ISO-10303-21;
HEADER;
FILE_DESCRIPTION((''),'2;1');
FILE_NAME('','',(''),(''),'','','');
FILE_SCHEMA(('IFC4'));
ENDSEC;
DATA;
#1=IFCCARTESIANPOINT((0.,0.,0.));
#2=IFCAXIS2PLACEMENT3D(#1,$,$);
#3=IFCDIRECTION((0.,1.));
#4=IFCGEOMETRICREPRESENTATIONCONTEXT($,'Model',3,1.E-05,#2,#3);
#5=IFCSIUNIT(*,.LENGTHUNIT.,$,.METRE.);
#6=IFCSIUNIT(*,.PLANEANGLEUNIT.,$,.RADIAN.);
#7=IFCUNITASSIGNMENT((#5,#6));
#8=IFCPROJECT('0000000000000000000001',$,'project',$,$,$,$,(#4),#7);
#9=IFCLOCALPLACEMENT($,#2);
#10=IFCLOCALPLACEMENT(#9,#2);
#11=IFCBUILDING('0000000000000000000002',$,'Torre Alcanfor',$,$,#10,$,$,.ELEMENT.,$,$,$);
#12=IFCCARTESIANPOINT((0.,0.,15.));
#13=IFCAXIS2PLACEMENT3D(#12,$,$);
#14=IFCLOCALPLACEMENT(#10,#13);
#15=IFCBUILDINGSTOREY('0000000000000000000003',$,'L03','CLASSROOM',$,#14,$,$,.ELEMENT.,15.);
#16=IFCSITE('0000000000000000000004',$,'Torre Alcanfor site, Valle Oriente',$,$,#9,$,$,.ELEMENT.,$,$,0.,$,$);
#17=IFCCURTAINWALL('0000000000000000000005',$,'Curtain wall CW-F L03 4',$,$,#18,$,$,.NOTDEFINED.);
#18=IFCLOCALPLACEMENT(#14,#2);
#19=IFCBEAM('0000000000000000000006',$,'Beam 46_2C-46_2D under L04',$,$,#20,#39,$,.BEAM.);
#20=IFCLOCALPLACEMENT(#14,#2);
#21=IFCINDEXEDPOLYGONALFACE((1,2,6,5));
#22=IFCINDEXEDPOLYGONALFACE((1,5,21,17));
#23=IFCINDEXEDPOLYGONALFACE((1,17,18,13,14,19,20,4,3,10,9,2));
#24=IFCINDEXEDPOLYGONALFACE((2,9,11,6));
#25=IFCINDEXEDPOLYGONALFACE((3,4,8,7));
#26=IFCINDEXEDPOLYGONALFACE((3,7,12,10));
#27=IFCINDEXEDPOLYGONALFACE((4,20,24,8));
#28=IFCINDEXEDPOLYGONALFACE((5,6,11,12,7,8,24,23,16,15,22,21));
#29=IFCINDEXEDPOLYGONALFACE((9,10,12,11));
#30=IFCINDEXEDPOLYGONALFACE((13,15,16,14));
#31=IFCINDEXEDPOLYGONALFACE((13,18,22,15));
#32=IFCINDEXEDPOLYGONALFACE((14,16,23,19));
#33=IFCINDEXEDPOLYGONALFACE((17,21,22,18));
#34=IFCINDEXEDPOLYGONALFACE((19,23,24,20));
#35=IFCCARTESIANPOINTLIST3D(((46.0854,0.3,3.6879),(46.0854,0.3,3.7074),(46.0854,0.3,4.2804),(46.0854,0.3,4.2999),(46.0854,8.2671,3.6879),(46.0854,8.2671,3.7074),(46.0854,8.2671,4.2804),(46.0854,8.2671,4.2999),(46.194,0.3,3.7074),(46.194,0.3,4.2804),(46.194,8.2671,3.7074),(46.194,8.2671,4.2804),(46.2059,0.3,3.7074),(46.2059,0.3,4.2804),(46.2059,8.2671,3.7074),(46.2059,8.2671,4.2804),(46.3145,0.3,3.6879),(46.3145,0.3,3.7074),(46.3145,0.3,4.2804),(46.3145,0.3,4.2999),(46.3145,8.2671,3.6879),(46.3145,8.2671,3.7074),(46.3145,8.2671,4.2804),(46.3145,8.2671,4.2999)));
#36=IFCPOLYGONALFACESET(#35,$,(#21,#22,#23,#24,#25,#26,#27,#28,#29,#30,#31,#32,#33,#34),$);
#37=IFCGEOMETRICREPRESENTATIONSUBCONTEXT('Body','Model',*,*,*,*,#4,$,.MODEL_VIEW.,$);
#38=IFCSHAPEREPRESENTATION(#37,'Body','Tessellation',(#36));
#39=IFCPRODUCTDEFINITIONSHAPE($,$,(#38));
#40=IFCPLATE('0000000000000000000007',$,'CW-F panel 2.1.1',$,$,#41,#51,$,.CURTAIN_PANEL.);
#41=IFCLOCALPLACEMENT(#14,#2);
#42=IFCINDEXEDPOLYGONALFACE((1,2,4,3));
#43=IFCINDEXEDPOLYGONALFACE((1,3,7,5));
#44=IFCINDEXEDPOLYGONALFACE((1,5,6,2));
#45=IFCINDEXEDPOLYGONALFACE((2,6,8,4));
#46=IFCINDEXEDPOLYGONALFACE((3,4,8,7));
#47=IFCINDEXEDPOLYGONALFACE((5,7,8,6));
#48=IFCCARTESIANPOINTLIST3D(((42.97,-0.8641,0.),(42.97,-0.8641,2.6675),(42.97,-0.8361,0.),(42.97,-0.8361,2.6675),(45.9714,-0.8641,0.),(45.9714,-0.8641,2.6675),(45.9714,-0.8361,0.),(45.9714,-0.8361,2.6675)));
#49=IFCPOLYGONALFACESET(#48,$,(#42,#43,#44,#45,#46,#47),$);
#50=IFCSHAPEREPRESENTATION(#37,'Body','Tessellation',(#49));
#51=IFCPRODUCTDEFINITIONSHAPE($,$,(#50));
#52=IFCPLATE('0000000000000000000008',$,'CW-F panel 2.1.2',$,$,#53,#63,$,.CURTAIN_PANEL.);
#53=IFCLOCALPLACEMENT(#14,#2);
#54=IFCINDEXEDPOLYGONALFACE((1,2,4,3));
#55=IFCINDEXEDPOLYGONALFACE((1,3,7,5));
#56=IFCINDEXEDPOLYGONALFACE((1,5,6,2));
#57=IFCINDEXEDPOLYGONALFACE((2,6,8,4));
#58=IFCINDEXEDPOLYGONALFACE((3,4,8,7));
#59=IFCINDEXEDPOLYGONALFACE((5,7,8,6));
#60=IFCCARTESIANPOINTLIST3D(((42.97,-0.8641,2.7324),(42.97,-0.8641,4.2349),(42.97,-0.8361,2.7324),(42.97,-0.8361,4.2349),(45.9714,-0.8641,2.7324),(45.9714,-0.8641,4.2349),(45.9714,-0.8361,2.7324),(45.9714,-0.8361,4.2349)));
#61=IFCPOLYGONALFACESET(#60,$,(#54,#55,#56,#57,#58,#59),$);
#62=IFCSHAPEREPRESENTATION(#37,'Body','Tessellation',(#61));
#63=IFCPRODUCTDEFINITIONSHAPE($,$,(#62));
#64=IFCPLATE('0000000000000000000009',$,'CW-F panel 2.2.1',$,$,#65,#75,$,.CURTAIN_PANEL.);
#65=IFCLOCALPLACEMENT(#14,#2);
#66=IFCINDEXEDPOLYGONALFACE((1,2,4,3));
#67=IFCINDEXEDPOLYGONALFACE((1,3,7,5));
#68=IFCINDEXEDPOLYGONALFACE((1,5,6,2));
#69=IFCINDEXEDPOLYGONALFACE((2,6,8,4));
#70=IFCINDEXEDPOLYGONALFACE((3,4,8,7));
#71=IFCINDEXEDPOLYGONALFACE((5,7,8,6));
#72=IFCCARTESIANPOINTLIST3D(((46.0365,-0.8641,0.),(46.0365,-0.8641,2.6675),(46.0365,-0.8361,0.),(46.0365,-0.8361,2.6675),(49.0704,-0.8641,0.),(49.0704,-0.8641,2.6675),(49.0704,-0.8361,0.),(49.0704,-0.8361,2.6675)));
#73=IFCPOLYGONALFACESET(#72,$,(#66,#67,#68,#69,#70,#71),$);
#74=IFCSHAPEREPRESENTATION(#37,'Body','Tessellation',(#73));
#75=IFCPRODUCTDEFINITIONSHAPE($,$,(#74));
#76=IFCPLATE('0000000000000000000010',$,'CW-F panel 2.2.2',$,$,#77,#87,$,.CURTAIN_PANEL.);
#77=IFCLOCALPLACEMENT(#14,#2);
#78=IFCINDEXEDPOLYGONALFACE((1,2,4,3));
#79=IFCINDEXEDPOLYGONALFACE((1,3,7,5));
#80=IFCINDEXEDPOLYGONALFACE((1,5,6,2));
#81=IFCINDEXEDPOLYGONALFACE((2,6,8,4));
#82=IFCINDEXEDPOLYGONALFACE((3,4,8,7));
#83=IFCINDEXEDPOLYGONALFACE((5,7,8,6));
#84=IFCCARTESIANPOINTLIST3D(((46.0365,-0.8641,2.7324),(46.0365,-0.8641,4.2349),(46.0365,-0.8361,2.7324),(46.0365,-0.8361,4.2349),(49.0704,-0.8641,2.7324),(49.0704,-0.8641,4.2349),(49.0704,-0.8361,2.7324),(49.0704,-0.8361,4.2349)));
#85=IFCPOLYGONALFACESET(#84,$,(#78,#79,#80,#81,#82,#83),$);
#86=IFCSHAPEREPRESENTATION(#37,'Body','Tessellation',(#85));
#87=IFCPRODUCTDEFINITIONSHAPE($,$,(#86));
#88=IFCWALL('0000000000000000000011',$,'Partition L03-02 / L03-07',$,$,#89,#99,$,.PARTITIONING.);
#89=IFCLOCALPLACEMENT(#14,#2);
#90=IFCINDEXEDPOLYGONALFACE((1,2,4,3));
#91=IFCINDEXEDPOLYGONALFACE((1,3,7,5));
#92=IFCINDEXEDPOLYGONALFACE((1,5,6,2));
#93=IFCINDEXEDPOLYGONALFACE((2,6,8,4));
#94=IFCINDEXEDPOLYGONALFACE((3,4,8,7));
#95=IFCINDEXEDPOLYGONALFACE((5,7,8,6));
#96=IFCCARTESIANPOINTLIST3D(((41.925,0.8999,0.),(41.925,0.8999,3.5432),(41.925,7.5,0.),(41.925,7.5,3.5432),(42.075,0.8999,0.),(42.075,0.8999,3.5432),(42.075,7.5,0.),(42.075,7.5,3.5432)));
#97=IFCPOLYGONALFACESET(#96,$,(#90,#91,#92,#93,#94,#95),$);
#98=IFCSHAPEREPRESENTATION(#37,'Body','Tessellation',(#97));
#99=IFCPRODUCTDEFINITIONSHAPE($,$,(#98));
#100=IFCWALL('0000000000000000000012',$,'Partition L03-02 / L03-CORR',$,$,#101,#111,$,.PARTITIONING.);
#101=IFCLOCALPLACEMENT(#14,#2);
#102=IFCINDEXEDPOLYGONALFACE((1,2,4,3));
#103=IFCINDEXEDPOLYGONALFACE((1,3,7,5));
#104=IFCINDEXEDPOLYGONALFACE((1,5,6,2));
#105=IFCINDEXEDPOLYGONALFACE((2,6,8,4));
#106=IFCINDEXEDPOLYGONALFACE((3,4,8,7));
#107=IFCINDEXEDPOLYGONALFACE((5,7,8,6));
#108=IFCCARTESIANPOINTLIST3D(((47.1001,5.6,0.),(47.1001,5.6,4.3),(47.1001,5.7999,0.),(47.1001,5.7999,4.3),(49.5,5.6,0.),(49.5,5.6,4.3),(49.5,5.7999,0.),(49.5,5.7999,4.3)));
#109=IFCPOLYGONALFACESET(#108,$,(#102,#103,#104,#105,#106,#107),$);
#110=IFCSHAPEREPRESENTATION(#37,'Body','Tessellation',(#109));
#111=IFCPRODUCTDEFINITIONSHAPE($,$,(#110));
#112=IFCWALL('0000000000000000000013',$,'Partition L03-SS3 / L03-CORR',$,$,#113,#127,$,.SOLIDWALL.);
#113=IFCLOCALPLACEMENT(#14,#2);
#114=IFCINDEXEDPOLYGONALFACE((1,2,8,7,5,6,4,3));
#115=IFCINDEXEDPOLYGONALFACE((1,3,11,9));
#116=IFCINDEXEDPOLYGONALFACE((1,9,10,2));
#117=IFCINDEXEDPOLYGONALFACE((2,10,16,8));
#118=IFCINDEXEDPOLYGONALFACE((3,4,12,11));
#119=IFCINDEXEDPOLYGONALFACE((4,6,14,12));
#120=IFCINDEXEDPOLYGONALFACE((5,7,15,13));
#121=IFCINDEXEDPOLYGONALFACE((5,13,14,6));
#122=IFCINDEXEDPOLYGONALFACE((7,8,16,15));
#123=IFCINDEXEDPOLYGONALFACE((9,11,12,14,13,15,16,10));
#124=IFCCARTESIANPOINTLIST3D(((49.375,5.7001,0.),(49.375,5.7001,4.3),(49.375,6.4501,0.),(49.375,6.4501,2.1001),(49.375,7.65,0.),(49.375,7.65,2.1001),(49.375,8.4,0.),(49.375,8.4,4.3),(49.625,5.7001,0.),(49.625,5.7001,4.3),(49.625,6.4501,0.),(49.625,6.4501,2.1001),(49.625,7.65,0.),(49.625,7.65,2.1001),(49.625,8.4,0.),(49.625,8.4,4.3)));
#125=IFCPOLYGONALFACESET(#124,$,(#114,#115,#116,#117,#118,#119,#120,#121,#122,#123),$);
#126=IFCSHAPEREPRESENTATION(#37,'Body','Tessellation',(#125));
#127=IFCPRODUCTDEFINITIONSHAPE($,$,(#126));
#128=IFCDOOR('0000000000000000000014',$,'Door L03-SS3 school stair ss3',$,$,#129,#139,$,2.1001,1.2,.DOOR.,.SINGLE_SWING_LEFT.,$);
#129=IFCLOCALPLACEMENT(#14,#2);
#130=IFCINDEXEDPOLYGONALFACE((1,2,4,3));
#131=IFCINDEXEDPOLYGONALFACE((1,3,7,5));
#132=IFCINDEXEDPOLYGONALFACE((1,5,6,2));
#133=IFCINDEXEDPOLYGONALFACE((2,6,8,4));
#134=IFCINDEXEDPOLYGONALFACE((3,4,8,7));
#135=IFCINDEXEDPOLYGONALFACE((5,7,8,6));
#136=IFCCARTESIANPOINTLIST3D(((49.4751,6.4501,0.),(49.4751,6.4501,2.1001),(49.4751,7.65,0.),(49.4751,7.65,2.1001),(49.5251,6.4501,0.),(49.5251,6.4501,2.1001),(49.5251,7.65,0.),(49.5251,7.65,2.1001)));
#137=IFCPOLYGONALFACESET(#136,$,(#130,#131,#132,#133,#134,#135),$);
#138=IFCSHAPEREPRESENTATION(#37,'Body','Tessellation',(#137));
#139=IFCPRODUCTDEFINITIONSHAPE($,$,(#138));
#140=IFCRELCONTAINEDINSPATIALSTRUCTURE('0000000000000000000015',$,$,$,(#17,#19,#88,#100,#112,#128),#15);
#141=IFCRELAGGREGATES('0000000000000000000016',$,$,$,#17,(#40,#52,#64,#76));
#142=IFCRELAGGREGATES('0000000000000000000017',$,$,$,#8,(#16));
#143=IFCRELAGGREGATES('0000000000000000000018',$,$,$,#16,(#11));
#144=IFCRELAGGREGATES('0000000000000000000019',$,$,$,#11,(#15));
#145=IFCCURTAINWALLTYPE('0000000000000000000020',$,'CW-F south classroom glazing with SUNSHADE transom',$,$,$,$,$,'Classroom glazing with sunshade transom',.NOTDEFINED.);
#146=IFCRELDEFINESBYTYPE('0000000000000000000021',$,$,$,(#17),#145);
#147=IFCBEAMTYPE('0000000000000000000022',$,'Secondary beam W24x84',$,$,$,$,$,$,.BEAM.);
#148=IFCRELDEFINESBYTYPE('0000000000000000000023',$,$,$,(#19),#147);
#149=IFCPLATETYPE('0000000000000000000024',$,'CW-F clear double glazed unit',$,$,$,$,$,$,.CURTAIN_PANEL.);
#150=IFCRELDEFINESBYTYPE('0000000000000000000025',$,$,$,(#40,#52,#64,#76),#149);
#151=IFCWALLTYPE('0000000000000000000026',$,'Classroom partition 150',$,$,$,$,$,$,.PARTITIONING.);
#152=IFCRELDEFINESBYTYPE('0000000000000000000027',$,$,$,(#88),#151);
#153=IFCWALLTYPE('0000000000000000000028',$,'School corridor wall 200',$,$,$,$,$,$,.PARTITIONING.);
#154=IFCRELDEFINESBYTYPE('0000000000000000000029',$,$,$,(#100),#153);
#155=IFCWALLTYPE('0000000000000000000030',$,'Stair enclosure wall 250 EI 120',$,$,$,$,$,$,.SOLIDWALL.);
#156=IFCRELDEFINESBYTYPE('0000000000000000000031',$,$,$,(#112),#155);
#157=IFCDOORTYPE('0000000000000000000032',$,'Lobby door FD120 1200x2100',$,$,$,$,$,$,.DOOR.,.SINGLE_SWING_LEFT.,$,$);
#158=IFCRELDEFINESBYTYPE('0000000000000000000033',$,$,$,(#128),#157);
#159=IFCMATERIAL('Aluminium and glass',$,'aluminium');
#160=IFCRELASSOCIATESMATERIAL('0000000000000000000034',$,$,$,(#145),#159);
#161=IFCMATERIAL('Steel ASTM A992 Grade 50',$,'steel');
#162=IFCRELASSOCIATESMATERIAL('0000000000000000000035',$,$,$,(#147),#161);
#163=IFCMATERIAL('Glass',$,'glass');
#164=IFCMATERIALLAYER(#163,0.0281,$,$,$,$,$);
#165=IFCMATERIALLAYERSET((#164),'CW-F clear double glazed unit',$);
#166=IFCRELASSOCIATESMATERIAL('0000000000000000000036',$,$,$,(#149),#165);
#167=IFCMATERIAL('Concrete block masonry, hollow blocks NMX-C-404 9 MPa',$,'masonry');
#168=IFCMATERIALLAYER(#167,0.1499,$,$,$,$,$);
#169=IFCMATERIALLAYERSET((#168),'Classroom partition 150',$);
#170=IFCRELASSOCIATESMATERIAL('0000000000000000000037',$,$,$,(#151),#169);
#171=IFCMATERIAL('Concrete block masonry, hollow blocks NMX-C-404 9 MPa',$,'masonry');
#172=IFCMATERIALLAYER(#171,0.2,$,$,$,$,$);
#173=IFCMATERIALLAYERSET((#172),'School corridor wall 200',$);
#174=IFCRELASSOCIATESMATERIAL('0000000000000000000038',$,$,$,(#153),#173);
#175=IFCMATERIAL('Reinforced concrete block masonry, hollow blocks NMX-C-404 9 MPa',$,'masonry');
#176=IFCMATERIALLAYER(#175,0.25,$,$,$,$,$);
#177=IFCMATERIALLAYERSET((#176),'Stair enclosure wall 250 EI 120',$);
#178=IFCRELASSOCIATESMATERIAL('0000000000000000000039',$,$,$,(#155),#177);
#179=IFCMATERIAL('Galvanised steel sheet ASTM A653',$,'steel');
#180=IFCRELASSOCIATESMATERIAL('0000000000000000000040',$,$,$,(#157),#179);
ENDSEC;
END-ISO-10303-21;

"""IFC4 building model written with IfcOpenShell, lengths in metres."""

from ifc_helpers import new_model, si_unit, direction, frame, frame_2d, origin, origin_2d, place, context, subcontext, project, spatial, rectangle, i_section, extrude, material, layer, layer_set, material_profile, profile_set, type_object, element, fill, aggregate, save


model = new_model("IFC4")

# Units and contexts
model_context = context("Model", 3, precision=1e-05, world=origin(), true_north=direction((0.0, 1.0)))
body_context = subcontext(model_context, "Body", "Model", "MODEL_VIEW")
ifc_project = project(units=[si_unit("LENGTHUNIT", "METRE"), si_unit("PLANEANGLEUNIT", "RADIAN")], contexts=[model_context])

# Site, building, storey
site_placement = place(None, origin())
site = spatial("IfcSite", under=ifc_project, at=site_placement, Name="Torre Alcanfor site, Valle Oriente", CompositionType="ELEMENT", RefElevation=0.0)
building_placement = place(site_placement, origin())
building = spatial("IfcBuilding", under=site, at=building_placement, Name="Torre Alcanfor", CompositionType="ELEMENT")
storey_placement = place(building_placement, frame((0.0, 0.0, 15.0)))
storey = spatial("IfcBuildingStorey", under=building, at=storey_placement, Name="L03", Description="CLASSROOM", CompositionType="ELEMENT", Elevation=15.0)

# Curtain wall
ifc_material_1 = material(Name="Aluminium and glass", Category="aluminium")
curtain_wall_type = type_object("IfcCurtainWallType", Name="CW-F south classroom glazing with SUNSHADE transom", ElementType="Classroom glazing with sunshade transom", PredefinedType="NOTDEFINED", material=ifc_material_1)
curtain_wall_placement = place(storey_placement, origin())
curtain_wall = element("IfcCurtainWall", 1, at=curtain_wall_placement, inside=storey, type_object=curtain_wall_type, Name="Curtain wall CW-F L03 4", PredefinedType="NOTDEFINED")

# Beam
ifc_material_2 = material(Name="Steel ASTM A992 Grade 50", Category="steel")
ifc_material_profile_1 = material_profile(ifc_material_2, i_section(OverallWidth=0.229, OverallDepth=0.6121, WebThickness=0.012, FlangeThickness=0.0195, at=origin_2d()), Name="W24x84")
ifc_profile_set_1 = profile_set([ifc_material_profile_1], Name="Steel ASTM A992 Grade 50")
beam_type_1 = type_object("IfcBeamType", Name="Secondary beam W24x84", PredefinedType="BEAM", material=ifc_profile_set_1)
beam_1_placement = place(storey_placement, frame((46.2, 0.3, 3.9939), z_axis=(0.0, 1.0, 0.0), x_axis=(-1.0, 0.0, 0.0)))
element("IfcBeam", 2, at=beam_1_placement, inside=storey, type_object=beam_type_1, Name="Beam 46_2C-46_2D under L04", PredefinedType="BEAM", context=body_context, shape_type="SweptSolid", body=[
    extrude(i_section(OverallWidth=0.229, OverallDepth=0.6121, WebThickness=0.012, FlangeThickness=0.0195, at=origin_2d()), origin(), (0.0, 0.0, 1.0), 7.967),
])

# Plates
ifc_material_3 = material(Name="Glass", Category="glass")
ifc_layer_1 = layer(ifc_material_3, 0.0281)
ifc_layer_set_1 = layer_set([ifc_layer_1], Name="CW-F clear double glazed unit")
plate_type = type_object("IfcPlateType", Name="CW-F clear double glazed unit", PredefinedType="CURTAIN_PANEL", material=ifc_layer_set_1)
plate_1_placement = place(storey_placement, frame((44.4707, -0.8501, 0.0), z_axis=(0.0, 0.0, 1.0), x_axis=(1.0, 0.0, 0.0)))
plate_1 = element("IfcPlate", 3, at=plate_1_placement, type_object=plate_type, Name="CW-F panel 2.1.1", PredefinedType="CURTAIN_PANEL", context=body_context, shape_type="SweptSolid", body=[
    extrude(rectangle(XDim=3.0015, YDim=0.0281, at=origin_2d()), origin(), (0.0, 0.0, 1.0), 2.6675),
])
plate_2_placement = place(storey_placement, frame((44.4707, -0.8501, 2.7324), z_axis=(0.0, 0.0, 1.0), x_axis=(1.0, 0.0, 0.0)))
plate_2 = element("IfcPlate", 4, at=plate_2_placement, type_object=plate_type, Name="CW-F panel 2.1.2", PredefinedType="CURTAIN_PANEL", context=body_context, shape_type="SweptSolid", body=[
    extrude(rectangle(XDim=3.0015, YDim=0.0281, at=origin_2d()), origin(), (0.0, 0.0, 1.0), 1.5024),
])
plate_3_placement = place(storey_placement, frame((47.5535, -0.8501, 0.0), z_axis=(0.0, 0.0, 1.0), x_axis=(1.0, 0.0, 0.0)))
plate_3 = element("IfcPlate", 5, at=plate_3_placement, type_object=plate_type, Name="CW-F panel 2.2.1", PredefinedType="CURTAIN_PANEL", context=body_context, shape_type="SweptSolid", body=[
    extrude(rectangle(XDim=3.0339, YDim=0.0281, at=origin_2d()), origin(), (0.0, 0.0, 1.0), 2.6675),
])
plate_4_placement = place(storey_placement, frame((47.5535, -0.8501, 2.7324), z_axis=(0.0, 0.0, 1.0), x_axis=(1.0, 0.0, 0.0)))
plate_4 = element("IfcPlate", 6, at=plate_4_placement, type_object=plate_type, Name="CW-F panel 2.2.2", PredefinedType="CURTAIN_PANEL", context=body_context, shape_type="SweptSolid", body=[
    extrude(rectangle(XDim=3.0339, YDim=0.0281, at=origin_2d()), origin(), (0.0, 0.0, 1.0), 1.5024),
])
aggregate(curtain_wall, [plate_1, plate_2, plate_3, plate_4])

# Walls
ifc_material_4 = material(Name="Concrete block masonry, hollow blocks NMX-C-404 9 MPa", Category="masonry")
ifc_layer_2 = layer(ifc_material_4, 0.1499)
ifc_layer_set_2 = layer_set([ifc_layer_2], Name="Classroom partition 150")
wall_type_1 = type_object("IfcWallType", Name="Classroom partition 150", PredefinedType="PARTITIONING", material=ifc_layer_set_2)
wall_1_placement = place(storey_placement, frame((42.0, 0.8999, 0.0), z_axis=(0.0, 0.0, 1.0), x_axis=(0.0, 1.0, 0.0)))
element("IfcWall", 7, at=wall_1_placement, inside=storey, type_object=wall_type_1, Name="Partition L03-02 / L03-07", PredefinedType="PARTITIONING", context=body_context, shape_type="SweptSolid", body=[
    extrude(rectangle(XDim=6.6001, YDim=0.1499, at=frame_2d((3.3, 0.0))), origin(), (0.0, 0.0, 1.0), 3.5432),
])
ifc_material_5 = material(Name="Concrete block masonry, hollow blocks NMX-C-404 9 MPa", Category="masonry")
ifc_layer_3 = layer(ifc_material_5, 0.2)
ifc_layer_set_3 = layer_set([ifc_layer_3], Name="School corridor wall 200")
wall_type_2 = type_object("IfcWallType", Name="School corridor wall 200", PredefinedType="PARTITIONING", material=ifc_layer_set_3)
wall_2_placement = place(storey_placement, frame((47.1001, 5.7, 0.0), z_axis=(0.0, 0.0, 1.0), x_axis=(1.0, 0.0, 0.0)))
element("IfcWall", 8, at=wall_2_placement, inside=storey, type_object=wall_type_2, Name="Partition L03-02 / L03-CORR", PredefinedType="PARTITIONING", context=body_context, shape_type="SweptSolid", body=[
    extrude(rectangle(XDim=2.3999, YDim=0.2, at=frame_2d((1.2, 0.0))), origin(), (0.0, 0.0, 1.0), 4.3),
])

# Wall, opening, door
ifc_material_6 = material(Name="Reinforced concrete block masonry, hollow blocks NMX-C-404 9 MPa", Category="masonry")
ifc_layer_4 = layer(ifc_material_6, 0.25)
ifc_layer_set_4 = layer_set([ifc_layer_4], Name="Stair enclosure wall 250 EI 120")
wall_type_3 = type_object("IfcWallType", Name="Stair enclosure wall 250 EI 120", PredefinedType="SOLIDWALL", material=ifc_layer_set_4)
wall_3_placement = place(storey_placement, frame((49.5, 5.7, 0.0), z_axis=(0.0, 0.0, 1.0), x_axis=(0.0, 1.0, 0.0)))
wall_3 = element("IfcWall", 9, at=wall_3_placement, inside=storey, type_object=wall_type_3, Name="Partition L03-SS3 / L03-CORR", PredefinedType="SOLIDWALL", context=body_context, shape_type="SweptSolid", body=[
    extrude(rectangle(XDim=2.7, YDim=0.25, at=frame_2d((1.3501, 0.0))), origin(), (0.0, 0.0, 1.0), 4.3),
])
opening_placement = place(wall_3_placement, frame((0.75, 0.0, 0.0)))
opening = element("IfcOpeningElement", 10, at=opening_placement, cuts=wall_3, PredefinedType="OPENING", context=body_context, shape_type="SweptSolid", body=[
    extrude(rectangle(XDim=1.2, YDim=2.1001, at=frame_2d((0.6001, 1.05))), frame((0.0, 0.135, 0.0), z_axis=(0.0, -1.0, 0.0), x_axis=(1.0, 0.0, 0.0)), (0.0, 0.0, 1.0), 0.27),
])
ifc_material_7 = material(Name="Galvanised steel sheet ASTM A653", Category="steel")
door_type = type_object("IfcDoorType", Name="Lobby door FD120 1200x2100", OperationType="SINGLE_SWING_LEFT", PredefinedType="DOOR", material=ifc_material_7)
door_placement = place(opening_placement, frame((1.2, 0.0, 0.0), z_axis=(0.0, 0.0, 1.0), x_axis=(-1.0, 0.0, 0.0)))
door = element("IfcDoor", 11, at=door_placement, inside=storey, type_object=door_type, Name="Door L03-SS3 school stair ss3", OperationType="SINGLE_SWING_LEFT", OverallHeight=2.1001, OverallWidth=1.2, PredefinedType="DOOR", context=body_context, shape_type="SweptSolid", body=[
    extrude(rectangle(XDim=1.2, YDim=2.1001, at=frame_2d((0.5999, 1.05))), frame((0.0, 0.0251, 0.0), z_axis=(0.0, -1.0, 0.0), x_axis=(1.0, 0.0, 0.0)), (0.0, 0.0, 1.0), 0.05),
])
fill(opening, door)

save(model, "model.ifc")
